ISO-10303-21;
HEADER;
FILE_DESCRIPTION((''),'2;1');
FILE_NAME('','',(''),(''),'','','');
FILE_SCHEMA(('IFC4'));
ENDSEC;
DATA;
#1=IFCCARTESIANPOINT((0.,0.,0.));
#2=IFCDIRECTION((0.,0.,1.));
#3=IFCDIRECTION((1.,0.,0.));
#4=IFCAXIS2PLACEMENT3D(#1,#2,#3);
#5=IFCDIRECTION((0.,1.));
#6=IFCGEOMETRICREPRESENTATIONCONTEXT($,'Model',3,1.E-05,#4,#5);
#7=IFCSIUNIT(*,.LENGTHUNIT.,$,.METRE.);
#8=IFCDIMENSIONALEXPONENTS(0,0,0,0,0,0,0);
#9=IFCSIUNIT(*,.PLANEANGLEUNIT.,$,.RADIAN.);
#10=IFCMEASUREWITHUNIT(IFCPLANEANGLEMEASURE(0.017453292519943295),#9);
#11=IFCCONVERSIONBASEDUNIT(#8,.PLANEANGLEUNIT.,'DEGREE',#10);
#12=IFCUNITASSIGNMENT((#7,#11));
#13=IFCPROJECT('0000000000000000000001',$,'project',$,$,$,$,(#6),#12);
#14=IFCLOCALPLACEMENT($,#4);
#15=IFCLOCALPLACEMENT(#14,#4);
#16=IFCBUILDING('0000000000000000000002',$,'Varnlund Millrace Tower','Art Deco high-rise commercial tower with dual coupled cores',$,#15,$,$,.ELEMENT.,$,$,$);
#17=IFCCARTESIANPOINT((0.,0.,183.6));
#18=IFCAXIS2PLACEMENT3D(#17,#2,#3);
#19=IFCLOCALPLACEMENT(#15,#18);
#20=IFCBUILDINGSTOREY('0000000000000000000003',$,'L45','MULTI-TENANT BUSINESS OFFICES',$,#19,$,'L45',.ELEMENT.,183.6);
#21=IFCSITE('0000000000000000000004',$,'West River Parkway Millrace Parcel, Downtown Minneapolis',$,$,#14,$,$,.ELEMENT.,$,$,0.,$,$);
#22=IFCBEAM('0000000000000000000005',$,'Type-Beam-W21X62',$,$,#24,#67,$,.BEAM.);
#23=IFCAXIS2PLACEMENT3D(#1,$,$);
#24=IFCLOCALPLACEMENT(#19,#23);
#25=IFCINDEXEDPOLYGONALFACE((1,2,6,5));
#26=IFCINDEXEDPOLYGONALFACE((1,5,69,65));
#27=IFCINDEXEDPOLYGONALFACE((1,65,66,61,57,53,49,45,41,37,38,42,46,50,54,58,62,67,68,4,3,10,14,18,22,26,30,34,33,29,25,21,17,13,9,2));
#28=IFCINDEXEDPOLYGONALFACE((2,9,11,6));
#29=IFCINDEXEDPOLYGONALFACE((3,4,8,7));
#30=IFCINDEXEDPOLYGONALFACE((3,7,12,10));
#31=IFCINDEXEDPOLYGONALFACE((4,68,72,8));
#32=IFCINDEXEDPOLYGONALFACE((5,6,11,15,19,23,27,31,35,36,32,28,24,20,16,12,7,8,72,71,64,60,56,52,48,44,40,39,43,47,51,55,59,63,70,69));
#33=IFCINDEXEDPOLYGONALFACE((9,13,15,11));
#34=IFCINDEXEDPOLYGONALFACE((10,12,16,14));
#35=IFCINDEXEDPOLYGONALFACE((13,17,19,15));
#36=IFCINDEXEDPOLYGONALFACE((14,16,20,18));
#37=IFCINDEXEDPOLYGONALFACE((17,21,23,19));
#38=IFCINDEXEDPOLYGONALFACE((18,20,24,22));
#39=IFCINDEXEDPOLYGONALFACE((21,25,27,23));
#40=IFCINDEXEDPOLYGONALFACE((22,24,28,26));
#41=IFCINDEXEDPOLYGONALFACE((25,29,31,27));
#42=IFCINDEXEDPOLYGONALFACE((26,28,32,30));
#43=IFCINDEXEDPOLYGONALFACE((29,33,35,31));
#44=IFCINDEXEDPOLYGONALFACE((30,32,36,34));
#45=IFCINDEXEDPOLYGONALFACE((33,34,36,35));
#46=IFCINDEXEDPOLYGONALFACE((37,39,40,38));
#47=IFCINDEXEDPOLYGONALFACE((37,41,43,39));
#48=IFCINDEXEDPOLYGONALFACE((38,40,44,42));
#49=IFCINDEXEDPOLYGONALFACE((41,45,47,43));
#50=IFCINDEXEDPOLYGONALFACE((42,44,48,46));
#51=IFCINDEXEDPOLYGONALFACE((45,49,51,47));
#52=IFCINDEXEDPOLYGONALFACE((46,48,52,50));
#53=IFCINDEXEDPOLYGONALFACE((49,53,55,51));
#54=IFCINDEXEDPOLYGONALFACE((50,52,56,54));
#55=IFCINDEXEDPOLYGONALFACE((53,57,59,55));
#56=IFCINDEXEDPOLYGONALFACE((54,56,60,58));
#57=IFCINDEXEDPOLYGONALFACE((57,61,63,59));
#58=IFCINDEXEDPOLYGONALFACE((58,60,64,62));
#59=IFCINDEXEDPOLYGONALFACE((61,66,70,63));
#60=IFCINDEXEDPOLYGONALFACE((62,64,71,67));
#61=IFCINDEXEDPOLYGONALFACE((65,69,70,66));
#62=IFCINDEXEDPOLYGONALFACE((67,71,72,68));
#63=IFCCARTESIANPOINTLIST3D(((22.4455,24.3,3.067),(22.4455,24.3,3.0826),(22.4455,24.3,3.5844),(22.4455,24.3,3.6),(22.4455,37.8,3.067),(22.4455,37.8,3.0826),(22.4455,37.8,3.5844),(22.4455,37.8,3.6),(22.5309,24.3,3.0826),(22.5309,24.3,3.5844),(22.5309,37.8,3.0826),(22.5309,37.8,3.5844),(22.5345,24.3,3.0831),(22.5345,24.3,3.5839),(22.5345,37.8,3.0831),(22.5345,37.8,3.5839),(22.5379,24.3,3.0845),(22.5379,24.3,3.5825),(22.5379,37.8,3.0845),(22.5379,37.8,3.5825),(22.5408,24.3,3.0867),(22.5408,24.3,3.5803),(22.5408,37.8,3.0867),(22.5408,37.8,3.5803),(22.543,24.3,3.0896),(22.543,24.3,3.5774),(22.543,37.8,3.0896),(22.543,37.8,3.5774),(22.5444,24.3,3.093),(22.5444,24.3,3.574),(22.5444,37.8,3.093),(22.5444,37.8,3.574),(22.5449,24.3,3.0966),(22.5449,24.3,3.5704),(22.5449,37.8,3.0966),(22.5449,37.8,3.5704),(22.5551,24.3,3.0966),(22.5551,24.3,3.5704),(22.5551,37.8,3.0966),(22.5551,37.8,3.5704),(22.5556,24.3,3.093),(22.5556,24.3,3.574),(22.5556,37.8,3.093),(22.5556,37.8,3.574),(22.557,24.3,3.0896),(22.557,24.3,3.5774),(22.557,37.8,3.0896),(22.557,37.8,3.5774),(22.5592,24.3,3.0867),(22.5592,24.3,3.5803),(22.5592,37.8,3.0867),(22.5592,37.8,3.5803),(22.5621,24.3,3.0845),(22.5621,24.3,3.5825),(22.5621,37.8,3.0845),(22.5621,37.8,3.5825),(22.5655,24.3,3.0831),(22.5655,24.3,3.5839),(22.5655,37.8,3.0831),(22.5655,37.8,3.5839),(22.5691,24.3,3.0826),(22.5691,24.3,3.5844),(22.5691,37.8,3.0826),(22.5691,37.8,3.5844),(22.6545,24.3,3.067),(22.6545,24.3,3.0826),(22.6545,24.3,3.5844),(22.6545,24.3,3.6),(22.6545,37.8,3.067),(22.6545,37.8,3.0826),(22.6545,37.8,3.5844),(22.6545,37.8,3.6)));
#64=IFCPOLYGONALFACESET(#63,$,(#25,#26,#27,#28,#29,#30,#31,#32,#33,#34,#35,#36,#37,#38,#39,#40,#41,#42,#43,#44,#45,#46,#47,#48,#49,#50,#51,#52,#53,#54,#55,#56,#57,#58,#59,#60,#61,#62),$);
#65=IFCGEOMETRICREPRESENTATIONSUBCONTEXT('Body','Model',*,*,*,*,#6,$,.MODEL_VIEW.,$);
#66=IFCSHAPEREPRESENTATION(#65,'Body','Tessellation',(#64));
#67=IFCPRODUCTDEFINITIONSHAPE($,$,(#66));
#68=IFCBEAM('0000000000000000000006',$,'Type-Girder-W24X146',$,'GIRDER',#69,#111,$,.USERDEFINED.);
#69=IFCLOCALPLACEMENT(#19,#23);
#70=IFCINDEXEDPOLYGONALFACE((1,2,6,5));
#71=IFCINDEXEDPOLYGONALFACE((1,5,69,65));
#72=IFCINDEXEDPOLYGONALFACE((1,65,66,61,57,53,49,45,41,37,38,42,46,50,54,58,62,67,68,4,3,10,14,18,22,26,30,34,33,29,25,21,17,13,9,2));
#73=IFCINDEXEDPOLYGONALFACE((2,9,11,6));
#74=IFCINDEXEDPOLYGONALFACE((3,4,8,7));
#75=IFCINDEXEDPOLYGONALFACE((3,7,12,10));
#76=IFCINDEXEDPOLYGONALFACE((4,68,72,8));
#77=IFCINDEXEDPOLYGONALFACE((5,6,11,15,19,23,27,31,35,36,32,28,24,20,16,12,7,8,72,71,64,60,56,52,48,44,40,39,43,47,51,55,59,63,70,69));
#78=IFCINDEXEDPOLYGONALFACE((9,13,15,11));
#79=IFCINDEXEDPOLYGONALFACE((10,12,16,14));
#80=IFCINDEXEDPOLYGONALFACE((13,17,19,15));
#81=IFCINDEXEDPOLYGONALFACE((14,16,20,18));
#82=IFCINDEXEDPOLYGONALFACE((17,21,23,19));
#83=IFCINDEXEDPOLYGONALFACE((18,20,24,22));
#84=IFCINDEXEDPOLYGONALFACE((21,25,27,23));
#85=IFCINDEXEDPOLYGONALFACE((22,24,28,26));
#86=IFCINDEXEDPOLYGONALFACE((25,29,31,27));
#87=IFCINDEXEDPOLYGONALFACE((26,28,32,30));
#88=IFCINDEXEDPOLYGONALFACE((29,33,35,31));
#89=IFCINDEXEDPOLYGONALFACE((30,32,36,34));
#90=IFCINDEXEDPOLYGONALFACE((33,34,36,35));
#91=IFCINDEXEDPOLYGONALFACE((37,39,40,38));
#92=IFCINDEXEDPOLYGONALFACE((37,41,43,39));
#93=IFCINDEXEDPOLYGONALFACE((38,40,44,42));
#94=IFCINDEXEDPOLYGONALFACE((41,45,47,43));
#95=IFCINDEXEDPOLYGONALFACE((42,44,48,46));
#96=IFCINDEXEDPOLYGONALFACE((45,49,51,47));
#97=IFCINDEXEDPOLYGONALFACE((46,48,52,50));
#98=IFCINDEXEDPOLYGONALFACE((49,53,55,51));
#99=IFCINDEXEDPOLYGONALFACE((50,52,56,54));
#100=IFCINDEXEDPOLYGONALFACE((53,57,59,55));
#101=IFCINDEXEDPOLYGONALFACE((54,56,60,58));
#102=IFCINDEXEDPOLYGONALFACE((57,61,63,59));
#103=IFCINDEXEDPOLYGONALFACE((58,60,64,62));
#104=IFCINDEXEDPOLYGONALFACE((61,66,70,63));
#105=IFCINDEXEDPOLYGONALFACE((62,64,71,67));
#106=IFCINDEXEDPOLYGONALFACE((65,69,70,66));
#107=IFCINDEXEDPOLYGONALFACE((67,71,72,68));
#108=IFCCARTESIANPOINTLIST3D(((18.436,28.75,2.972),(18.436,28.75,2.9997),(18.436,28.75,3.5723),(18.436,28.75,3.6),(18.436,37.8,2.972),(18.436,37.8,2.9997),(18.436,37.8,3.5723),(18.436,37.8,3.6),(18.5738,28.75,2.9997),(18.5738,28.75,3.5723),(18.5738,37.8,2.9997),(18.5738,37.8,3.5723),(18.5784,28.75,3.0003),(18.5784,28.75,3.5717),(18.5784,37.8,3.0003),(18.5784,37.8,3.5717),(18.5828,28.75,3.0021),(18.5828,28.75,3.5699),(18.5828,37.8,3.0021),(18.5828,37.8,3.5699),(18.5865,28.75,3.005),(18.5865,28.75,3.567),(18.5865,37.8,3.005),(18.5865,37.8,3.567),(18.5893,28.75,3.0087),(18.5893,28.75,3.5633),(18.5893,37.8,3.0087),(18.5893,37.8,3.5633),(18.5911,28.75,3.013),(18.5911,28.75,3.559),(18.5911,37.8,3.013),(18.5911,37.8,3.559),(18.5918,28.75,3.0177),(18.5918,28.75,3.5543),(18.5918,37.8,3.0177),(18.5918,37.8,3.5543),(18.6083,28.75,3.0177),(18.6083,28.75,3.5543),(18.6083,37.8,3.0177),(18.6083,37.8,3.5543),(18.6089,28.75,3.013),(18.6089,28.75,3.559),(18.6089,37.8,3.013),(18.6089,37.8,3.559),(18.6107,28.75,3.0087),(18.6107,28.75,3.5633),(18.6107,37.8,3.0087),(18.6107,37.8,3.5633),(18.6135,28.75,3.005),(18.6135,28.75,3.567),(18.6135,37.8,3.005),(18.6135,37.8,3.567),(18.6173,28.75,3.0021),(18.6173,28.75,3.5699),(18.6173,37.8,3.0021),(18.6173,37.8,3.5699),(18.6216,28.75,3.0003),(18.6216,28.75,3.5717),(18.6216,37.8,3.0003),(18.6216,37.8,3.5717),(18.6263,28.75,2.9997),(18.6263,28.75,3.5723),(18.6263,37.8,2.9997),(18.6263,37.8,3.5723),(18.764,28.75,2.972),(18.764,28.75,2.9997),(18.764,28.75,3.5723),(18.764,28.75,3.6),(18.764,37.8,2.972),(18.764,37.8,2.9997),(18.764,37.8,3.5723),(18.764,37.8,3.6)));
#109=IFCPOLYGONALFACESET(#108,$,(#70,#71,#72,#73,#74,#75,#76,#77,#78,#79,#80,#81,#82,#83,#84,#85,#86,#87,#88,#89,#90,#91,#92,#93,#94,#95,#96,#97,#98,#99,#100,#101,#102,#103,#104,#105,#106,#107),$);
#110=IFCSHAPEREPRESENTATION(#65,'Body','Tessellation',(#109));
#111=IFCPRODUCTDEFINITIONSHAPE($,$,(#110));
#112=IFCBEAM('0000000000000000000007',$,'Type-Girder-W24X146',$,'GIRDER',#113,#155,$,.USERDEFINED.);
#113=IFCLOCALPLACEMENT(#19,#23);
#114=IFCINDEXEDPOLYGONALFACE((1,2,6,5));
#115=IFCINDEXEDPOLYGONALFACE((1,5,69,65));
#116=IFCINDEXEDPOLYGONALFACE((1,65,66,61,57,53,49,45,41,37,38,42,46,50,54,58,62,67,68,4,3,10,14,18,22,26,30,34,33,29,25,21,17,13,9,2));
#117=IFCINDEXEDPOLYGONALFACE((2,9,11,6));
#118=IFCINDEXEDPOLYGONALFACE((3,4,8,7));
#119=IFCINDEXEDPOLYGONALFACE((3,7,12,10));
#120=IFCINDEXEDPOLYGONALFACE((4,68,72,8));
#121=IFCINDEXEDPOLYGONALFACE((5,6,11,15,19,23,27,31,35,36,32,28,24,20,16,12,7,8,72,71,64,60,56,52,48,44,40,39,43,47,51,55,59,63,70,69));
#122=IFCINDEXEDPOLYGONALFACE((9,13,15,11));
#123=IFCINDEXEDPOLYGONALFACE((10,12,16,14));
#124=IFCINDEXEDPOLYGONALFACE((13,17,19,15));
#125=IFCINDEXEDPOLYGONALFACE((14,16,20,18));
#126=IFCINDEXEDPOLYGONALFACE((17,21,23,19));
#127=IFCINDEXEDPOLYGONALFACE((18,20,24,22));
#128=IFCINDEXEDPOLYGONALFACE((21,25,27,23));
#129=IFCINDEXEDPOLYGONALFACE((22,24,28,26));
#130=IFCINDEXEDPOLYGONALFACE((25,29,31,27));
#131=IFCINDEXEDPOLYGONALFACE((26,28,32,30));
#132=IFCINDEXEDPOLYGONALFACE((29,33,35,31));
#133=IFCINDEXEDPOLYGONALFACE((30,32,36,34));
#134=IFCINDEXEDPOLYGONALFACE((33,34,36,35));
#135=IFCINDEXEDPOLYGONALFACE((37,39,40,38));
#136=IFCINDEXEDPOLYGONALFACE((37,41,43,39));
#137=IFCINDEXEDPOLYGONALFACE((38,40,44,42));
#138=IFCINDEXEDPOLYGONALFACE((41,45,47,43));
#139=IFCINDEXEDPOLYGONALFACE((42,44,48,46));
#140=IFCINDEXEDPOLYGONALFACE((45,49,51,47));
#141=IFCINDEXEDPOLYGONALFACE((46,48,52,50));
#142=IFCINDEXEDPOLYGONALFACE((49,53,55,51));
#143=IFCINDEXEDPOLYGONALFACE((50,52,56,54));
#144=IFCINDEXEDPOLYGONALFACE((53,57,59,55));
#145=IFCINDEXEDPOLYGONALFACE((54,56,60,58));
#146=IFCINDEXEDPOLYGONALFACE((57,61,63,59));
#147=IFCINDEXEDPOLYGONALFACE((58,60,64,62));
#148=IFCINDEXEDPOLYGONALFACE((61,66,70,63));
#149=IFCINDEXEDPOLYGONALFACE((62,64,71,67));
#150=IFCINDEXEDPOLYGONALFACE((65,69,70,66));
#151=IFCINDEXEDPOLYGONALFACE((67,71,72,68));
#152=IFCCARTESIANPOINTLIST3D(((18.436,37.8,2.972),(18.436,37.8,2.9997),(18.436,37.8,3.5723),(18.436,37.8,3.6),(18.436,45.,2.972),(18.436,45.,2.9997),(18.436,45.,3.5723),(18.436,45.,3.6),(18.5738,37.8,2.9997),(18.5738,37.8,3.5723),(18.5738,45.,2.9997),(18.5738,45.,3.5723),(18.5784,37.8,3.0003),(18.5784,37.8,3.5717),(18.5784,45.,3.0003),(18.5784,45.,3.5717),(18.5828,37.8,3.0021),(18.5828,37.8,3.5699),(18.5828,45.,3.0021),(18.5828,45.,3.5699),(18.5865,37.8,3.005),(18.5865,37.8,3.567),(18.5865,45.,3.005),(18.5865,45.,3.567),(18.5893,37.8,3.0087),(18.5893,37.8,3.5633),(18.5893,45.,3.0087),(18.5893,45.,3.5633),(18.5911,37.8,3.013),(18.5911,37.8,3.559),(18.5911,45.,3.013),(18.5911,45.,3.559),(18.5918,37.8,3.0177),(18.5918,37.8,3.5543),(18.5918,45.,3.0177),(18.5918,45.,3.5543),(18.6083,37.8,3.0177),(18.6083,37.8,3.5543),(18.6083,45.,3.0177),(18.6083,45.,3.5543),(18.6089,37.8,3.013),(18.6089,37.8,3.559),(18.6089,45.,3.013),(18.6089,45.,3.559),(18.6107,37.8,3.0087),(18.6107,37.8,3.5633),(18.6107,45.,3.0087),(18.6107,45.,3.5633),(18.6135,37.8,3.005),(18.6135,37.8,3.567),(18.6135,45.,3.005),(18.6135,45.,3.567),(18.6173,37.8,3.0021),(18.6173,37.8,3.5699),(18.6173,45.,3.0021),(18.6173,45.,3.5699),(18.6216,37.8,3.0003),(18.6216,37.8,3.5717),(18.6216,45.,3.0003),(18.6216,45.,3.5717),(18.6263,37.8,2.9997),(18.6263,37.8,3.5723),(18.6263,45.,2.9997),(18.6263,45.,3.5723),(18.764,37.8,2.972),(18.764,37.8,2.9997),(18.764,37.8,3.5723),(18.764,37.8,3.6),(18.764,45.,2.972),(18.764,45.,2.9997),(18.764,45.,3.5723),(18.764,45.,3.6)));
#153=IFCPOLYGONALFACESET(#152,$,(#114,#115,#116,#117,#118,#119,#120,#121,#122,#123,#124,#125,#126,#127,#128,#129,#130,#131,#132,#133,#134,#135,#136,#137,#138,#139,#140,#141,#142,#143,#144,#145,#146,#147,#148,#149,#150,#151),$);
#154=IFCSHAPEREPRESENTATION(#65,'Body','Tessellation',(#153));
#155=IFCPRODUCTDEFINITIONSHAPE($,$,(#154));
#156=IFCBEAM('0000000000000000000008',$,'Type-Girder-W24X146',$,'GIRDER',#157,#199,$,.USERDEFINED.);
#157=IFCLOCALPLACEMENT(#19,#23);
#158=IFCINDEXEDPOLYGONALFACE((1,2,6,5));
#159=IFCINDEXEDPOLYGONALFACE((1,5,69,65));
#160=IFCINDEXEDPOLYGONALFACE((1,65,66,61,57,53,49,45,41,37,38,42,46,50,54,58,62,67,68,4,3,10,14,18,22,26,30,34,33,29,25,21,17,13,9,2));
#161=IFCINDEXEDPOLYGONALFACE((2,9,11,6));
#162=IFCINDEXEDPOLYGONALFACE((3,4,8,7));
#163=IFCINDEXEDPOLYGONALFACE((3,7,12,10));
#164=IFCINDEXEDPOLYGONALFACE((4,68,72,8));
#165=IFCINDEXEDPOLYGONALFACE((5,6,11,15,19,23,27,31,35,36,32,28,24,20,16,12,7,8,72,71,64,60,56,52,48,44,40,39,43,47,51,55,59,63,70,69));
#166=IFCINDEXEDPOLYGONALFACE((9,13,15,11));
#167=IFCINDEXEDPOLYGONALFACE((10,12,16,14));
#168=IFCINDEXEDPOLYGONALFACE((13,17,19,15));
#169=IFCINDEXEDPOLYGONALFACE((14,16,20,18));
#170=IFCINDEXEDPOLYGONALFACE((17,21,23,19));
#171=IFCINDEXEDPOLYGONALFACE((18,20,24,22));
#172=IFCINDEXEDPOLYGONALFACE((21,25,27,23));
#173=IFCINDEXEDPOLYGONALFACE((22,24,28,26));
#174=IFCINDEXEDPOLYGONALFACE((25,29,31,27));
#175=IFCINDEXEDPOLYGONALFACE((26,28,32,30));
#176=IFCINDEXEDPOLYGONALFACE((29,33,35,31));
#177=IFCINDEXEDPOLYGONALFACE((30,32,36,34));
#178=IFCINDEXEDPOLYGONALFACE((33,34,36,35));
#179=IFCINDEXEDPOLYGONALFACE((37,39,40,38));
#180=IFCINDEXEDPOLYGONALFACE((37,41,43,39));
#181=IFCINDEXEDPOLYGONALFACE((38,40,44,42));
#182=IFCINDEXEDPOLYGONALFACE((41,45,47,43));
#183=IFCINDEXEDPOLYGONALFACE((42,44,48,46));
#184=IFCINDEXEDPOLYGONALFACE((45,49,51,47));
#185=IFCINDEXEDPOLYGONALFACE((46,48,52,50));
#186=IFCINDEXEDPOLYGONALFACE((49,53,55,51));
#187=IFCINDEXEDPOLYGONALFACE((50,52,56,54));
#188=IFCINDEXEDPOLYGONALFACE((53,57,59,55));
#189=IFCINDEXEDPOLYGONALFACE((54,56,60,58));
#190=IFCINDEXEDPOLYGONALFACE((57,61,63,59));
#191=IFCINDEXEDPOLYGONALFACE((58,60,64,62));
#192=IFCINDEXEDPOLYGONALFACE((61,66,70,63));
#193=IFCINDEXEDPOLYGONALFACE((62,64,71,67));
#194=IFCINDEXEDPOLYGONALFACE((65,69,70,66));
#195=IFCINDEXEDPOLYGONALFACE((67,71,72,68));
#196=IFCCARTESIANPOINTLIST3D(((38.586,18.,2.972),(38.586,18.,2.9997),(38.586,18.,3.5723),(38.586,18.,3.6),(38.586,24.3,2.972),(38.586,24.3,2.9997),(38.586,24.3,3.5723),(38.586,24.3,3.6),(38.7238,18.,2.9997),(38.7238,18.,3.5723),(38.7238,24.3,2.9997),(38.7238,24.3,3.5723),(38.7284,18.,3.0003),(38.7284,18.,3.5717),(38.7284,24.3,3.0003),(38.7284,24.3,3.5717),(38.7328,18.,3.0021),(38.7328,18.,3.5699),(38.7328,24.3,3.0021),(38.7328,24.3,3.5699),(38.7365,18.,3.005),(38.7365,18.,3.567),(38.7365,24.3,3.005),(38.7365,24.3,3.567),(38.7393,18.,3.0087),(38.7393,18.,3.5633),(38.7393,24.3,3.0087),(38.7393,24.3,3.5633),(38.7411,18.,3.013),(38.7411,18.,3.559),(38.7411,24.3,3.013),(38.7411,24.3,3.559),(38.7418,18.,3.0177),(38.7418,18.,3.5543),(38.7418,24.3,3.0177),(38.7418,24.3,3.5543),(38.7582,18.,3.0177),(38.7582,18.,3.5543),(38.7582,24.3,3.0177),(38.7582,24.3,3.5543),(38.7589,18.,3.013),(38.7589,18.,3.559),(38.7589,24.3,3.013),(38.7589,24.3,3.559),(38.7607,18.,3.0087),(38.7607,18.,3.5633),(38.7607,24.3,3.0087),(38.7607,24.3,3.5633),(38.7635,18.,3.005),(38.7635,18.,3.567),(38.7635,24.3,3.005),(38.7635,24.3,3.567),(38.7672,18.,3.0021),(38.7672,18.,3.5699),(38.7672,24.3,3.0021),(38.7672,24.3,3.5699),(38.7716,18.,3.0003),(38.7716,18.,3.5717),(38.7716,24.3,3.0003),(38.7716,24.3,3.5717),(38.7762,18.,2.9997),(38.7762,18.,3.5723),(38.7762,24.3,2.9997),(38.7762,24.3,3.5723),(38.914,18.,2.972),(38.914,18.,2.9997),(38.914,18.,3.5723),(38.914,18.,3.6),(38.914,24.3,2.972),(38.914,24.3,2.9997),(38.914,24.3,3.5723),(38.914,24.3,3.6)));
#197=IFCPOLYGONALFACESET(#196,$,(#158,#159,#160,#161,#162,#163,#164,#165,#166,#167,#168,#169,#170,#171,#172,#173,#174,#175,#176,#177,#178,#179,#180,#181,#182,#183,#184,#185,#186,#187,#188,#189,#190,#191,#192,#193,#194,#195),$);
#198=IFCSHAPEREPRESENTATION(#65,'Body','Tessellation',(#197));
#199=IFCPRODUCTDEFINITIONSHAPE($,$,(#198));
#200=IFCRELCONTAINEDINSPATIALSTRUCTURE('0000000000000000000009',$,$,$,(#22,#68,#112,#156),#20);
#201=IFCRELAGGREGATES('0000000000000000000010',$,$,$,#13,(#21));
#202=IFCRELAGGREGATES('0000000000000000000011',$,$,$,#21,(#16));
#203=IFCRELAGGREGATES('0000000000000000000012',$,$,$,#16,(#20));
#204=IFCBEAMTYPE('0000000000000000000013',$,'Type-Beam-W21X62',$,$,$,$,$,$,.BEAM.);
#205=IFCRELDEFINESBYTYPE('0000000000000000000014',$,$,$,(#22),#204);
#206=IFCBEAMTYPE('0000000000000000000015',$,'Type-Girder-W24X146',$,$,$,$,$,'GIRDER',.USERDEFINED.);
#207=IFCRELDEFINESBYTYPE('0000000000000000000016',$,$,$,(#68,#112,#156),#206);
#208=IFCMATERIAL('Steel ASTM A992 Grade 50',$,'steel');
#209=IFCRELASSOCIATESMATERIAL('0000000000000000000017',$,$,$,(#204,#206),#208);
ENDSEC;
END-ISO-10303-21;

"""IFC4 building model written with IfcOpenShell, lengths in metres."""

from ifc_helpers import new_model, entity, si_unit, converted_unit, direction, frame, origin_with_axes, origin_2d_with_axis, place, context, subcontext, project, spatial, i_section, extrude, material, material_profile, profile_set, type_object, element, save


model = new_model("IFC4")

# Units and contexts
model_context = context("Model", 3, precision=1e-05, world=origin_with_axes(), true_north=direction((0.0, 1.0)))
body_context = subcontext(model_context, "Body", "Model", "MODEL_VIEW")
ifc_project = project(units=[si_unit("LENGTHUNIT", "METRE"), converted_unit("PLANEANGLEUNIT", "DEGREE", entity("IfcPlaneAngleMeasure", 0.017453292519943295), si_unit("PLANEANGLEUNIT", "RADIAN"), dimensions=[0, 0, 0, 0, 0, 0, 0])], contexts=[model_context])

# Site, building, storey
site_placement = place(None, origin_with_axes())
site = spatial("IfcSite", under=ifc_project, at=site_placement, Name="West River Parkway Millrace Parcel, Downtown Minneapolis", CompositionType="ELEMENT", RefElevation=0.0)
building_placement = place(site_placement, origin_with_axes())
building = spatial("IfcBuilding", under=site, at=building_placement, Name="Varnlund Millrace Tower", Description="Art Deco high-rise commercial tower with dual coupled cores", CompositionType="ELEMENT")
storey_placement = place(building_placement, frame((0.0, 0.0, 183.6), z_axis=(0.0, 0.0, 1.0), x_axis=(1.0, 0.0, 0.0)))
storey = spatial("IfcBuildingStorey", under=building, at=storey_placement, Name="L45", Description="MULTI-TENANT BUSINESS OFFICES", LongName="L45", CompositionType="ELEMENT", Elevation=183.6)

# Beams
ifc_material_1 = material(Name="Steel ASTM A992 Grade 50", Category="steel")
ifc_material_profile_1 = material_profile(ifc_material_1, i_section(OverallWidth=0.209, OverallDepth=0.533, WebThickness=0.0102, FlangeThickness=0.0156, FilletRadius=0.014, at=origin_2d_with_axis()), Name="Steel ASTM A992 Grade 50")
ifc_profile_set_1 = profile_set([ifc_material_profile_1], Name="Steel ASTM A992 Grade 50")
beam_type_1 = type_object("IfcBeamType", Name="Type-Beam-W21X62", PredefinedType="BEAM", material=ifc_profile_set_1)
beam_1_placement = place(storey_placement, frame((22.55, 24.3, 3.3335), z_axis=(0.0, 1.0, 0.0), x_axis=(-1.0, 0.0, 0.0)))
element("IfcBeam", 1, at=beam_1_placement, inside=storey, type_object=beam_type_1, Name="Type-Beam-W21X62", PredefinedType="BEAM", context=body_context, shape_type="SweptSolid", body=[
    extrude(i_section(OverallWidth=0.209, OverallDepth=0.533, WebThickness=0.0102, FlangeThickness=0.0156, FilletRadius=0.014, at=origin_2d_with_axis()), origin_with_axes(), (0.0, 0.0, 1.0), 13.5),
])
ifc_material_profile_2 = material_profile(ifc_material_1, i_section(OverallWidth=0.328, OverallDepth=0.628, WebThickness=0.0165, FlangeThickness=0.0277, FilletRadius=0.018, at=origin_2d_with_axis()), Name="Steel ASTM A992 Grade 50")
ifc_profile_set_2 = profile_set([ifc_material_profile_2], Name="Steel ASTM A992 Grade 50")
beam_type_2 = type_object("IfcBeamType", Name="Type-Girder-W24X146", ElementType="GIRDER", PredefinedType="USERDEFINED", material=ifc_profile_set_2)
beam_2_placement = place(storey_placement, frame((18.6, 28.75, 3.286), z_axis=(0.0, 1.0, 0.0), x_axis=(-1.0, 0.0, 0.0)))
element("IfcBeam", 2, at=beam_2_placement, inside=storey, type_object=beam_type_2, Name="Type-Girder-W24X146", ObjectType="GIRDER", PredefinedType="USERDEFINED", context=body_context, shape_type="SweptSolid", body=[
    extrude(i_section(OverallWidth=0.328, OverallDepth=0.628, WebThickness=0.0165, FlangeThickness=0.0277, FilletRadius=0.018, at=origin_2d_with_axis()), origin_with_axes(), (0.0, 0.0, 1.0), 9.05),
])
beam_3_placement = place(storey_placement, frame((18.6, 37.8, 3.286), z_axis=(0.0, 1.0, 0.0), x_axis=(-1.0, 0.0, 0.0)))
element("IfcBeam", 3, at=beam_3_placement, inside=storey, type_object=beam_type_2, Name="Type-Girder-W24X146", ObjectType="GIRDER", PredefinedType="USERDEFINED", context=body_context, shape_type="SweptSolid", body=[
    extrude(i_section(OverallWidth=0.328, OverallDepth=0.628, WebThickness=0.0165, FlangeThickness=0.0277, FilletRadius=0.018, at=origin_2d_with_axis()), origin_with_axes(), (0.0, 0.0, 1.0), 7.2),
])
beam_4_placement = place(storey_placement, frame((38.75, 18.0, 3.286), z_axis=(0.0, 1.0, 0.0), x_axis=(-1.0, 0.0, 0.0)))
element("IfcBeam", 4, at=beam_4_placement, inside=storey, type_object=beam_type_2, Name="Type-Girder-W24X146", ObjectType="GIRDER", PredefinedType="USERDEFINED", context=body_context, shape_type="SweptSolid", body=[
    extrude(i_section(OverallWidth=0.328, OverallDepth=0.628, WebThickness=0.0165, FlangeThickness=0.0277, FilletRadius=0.018, at=origin_2d_with_axis()), origin_with_axes(), (0.0, 0.0, 1.0), 6.3),
])

save(model, "model.ifc")
